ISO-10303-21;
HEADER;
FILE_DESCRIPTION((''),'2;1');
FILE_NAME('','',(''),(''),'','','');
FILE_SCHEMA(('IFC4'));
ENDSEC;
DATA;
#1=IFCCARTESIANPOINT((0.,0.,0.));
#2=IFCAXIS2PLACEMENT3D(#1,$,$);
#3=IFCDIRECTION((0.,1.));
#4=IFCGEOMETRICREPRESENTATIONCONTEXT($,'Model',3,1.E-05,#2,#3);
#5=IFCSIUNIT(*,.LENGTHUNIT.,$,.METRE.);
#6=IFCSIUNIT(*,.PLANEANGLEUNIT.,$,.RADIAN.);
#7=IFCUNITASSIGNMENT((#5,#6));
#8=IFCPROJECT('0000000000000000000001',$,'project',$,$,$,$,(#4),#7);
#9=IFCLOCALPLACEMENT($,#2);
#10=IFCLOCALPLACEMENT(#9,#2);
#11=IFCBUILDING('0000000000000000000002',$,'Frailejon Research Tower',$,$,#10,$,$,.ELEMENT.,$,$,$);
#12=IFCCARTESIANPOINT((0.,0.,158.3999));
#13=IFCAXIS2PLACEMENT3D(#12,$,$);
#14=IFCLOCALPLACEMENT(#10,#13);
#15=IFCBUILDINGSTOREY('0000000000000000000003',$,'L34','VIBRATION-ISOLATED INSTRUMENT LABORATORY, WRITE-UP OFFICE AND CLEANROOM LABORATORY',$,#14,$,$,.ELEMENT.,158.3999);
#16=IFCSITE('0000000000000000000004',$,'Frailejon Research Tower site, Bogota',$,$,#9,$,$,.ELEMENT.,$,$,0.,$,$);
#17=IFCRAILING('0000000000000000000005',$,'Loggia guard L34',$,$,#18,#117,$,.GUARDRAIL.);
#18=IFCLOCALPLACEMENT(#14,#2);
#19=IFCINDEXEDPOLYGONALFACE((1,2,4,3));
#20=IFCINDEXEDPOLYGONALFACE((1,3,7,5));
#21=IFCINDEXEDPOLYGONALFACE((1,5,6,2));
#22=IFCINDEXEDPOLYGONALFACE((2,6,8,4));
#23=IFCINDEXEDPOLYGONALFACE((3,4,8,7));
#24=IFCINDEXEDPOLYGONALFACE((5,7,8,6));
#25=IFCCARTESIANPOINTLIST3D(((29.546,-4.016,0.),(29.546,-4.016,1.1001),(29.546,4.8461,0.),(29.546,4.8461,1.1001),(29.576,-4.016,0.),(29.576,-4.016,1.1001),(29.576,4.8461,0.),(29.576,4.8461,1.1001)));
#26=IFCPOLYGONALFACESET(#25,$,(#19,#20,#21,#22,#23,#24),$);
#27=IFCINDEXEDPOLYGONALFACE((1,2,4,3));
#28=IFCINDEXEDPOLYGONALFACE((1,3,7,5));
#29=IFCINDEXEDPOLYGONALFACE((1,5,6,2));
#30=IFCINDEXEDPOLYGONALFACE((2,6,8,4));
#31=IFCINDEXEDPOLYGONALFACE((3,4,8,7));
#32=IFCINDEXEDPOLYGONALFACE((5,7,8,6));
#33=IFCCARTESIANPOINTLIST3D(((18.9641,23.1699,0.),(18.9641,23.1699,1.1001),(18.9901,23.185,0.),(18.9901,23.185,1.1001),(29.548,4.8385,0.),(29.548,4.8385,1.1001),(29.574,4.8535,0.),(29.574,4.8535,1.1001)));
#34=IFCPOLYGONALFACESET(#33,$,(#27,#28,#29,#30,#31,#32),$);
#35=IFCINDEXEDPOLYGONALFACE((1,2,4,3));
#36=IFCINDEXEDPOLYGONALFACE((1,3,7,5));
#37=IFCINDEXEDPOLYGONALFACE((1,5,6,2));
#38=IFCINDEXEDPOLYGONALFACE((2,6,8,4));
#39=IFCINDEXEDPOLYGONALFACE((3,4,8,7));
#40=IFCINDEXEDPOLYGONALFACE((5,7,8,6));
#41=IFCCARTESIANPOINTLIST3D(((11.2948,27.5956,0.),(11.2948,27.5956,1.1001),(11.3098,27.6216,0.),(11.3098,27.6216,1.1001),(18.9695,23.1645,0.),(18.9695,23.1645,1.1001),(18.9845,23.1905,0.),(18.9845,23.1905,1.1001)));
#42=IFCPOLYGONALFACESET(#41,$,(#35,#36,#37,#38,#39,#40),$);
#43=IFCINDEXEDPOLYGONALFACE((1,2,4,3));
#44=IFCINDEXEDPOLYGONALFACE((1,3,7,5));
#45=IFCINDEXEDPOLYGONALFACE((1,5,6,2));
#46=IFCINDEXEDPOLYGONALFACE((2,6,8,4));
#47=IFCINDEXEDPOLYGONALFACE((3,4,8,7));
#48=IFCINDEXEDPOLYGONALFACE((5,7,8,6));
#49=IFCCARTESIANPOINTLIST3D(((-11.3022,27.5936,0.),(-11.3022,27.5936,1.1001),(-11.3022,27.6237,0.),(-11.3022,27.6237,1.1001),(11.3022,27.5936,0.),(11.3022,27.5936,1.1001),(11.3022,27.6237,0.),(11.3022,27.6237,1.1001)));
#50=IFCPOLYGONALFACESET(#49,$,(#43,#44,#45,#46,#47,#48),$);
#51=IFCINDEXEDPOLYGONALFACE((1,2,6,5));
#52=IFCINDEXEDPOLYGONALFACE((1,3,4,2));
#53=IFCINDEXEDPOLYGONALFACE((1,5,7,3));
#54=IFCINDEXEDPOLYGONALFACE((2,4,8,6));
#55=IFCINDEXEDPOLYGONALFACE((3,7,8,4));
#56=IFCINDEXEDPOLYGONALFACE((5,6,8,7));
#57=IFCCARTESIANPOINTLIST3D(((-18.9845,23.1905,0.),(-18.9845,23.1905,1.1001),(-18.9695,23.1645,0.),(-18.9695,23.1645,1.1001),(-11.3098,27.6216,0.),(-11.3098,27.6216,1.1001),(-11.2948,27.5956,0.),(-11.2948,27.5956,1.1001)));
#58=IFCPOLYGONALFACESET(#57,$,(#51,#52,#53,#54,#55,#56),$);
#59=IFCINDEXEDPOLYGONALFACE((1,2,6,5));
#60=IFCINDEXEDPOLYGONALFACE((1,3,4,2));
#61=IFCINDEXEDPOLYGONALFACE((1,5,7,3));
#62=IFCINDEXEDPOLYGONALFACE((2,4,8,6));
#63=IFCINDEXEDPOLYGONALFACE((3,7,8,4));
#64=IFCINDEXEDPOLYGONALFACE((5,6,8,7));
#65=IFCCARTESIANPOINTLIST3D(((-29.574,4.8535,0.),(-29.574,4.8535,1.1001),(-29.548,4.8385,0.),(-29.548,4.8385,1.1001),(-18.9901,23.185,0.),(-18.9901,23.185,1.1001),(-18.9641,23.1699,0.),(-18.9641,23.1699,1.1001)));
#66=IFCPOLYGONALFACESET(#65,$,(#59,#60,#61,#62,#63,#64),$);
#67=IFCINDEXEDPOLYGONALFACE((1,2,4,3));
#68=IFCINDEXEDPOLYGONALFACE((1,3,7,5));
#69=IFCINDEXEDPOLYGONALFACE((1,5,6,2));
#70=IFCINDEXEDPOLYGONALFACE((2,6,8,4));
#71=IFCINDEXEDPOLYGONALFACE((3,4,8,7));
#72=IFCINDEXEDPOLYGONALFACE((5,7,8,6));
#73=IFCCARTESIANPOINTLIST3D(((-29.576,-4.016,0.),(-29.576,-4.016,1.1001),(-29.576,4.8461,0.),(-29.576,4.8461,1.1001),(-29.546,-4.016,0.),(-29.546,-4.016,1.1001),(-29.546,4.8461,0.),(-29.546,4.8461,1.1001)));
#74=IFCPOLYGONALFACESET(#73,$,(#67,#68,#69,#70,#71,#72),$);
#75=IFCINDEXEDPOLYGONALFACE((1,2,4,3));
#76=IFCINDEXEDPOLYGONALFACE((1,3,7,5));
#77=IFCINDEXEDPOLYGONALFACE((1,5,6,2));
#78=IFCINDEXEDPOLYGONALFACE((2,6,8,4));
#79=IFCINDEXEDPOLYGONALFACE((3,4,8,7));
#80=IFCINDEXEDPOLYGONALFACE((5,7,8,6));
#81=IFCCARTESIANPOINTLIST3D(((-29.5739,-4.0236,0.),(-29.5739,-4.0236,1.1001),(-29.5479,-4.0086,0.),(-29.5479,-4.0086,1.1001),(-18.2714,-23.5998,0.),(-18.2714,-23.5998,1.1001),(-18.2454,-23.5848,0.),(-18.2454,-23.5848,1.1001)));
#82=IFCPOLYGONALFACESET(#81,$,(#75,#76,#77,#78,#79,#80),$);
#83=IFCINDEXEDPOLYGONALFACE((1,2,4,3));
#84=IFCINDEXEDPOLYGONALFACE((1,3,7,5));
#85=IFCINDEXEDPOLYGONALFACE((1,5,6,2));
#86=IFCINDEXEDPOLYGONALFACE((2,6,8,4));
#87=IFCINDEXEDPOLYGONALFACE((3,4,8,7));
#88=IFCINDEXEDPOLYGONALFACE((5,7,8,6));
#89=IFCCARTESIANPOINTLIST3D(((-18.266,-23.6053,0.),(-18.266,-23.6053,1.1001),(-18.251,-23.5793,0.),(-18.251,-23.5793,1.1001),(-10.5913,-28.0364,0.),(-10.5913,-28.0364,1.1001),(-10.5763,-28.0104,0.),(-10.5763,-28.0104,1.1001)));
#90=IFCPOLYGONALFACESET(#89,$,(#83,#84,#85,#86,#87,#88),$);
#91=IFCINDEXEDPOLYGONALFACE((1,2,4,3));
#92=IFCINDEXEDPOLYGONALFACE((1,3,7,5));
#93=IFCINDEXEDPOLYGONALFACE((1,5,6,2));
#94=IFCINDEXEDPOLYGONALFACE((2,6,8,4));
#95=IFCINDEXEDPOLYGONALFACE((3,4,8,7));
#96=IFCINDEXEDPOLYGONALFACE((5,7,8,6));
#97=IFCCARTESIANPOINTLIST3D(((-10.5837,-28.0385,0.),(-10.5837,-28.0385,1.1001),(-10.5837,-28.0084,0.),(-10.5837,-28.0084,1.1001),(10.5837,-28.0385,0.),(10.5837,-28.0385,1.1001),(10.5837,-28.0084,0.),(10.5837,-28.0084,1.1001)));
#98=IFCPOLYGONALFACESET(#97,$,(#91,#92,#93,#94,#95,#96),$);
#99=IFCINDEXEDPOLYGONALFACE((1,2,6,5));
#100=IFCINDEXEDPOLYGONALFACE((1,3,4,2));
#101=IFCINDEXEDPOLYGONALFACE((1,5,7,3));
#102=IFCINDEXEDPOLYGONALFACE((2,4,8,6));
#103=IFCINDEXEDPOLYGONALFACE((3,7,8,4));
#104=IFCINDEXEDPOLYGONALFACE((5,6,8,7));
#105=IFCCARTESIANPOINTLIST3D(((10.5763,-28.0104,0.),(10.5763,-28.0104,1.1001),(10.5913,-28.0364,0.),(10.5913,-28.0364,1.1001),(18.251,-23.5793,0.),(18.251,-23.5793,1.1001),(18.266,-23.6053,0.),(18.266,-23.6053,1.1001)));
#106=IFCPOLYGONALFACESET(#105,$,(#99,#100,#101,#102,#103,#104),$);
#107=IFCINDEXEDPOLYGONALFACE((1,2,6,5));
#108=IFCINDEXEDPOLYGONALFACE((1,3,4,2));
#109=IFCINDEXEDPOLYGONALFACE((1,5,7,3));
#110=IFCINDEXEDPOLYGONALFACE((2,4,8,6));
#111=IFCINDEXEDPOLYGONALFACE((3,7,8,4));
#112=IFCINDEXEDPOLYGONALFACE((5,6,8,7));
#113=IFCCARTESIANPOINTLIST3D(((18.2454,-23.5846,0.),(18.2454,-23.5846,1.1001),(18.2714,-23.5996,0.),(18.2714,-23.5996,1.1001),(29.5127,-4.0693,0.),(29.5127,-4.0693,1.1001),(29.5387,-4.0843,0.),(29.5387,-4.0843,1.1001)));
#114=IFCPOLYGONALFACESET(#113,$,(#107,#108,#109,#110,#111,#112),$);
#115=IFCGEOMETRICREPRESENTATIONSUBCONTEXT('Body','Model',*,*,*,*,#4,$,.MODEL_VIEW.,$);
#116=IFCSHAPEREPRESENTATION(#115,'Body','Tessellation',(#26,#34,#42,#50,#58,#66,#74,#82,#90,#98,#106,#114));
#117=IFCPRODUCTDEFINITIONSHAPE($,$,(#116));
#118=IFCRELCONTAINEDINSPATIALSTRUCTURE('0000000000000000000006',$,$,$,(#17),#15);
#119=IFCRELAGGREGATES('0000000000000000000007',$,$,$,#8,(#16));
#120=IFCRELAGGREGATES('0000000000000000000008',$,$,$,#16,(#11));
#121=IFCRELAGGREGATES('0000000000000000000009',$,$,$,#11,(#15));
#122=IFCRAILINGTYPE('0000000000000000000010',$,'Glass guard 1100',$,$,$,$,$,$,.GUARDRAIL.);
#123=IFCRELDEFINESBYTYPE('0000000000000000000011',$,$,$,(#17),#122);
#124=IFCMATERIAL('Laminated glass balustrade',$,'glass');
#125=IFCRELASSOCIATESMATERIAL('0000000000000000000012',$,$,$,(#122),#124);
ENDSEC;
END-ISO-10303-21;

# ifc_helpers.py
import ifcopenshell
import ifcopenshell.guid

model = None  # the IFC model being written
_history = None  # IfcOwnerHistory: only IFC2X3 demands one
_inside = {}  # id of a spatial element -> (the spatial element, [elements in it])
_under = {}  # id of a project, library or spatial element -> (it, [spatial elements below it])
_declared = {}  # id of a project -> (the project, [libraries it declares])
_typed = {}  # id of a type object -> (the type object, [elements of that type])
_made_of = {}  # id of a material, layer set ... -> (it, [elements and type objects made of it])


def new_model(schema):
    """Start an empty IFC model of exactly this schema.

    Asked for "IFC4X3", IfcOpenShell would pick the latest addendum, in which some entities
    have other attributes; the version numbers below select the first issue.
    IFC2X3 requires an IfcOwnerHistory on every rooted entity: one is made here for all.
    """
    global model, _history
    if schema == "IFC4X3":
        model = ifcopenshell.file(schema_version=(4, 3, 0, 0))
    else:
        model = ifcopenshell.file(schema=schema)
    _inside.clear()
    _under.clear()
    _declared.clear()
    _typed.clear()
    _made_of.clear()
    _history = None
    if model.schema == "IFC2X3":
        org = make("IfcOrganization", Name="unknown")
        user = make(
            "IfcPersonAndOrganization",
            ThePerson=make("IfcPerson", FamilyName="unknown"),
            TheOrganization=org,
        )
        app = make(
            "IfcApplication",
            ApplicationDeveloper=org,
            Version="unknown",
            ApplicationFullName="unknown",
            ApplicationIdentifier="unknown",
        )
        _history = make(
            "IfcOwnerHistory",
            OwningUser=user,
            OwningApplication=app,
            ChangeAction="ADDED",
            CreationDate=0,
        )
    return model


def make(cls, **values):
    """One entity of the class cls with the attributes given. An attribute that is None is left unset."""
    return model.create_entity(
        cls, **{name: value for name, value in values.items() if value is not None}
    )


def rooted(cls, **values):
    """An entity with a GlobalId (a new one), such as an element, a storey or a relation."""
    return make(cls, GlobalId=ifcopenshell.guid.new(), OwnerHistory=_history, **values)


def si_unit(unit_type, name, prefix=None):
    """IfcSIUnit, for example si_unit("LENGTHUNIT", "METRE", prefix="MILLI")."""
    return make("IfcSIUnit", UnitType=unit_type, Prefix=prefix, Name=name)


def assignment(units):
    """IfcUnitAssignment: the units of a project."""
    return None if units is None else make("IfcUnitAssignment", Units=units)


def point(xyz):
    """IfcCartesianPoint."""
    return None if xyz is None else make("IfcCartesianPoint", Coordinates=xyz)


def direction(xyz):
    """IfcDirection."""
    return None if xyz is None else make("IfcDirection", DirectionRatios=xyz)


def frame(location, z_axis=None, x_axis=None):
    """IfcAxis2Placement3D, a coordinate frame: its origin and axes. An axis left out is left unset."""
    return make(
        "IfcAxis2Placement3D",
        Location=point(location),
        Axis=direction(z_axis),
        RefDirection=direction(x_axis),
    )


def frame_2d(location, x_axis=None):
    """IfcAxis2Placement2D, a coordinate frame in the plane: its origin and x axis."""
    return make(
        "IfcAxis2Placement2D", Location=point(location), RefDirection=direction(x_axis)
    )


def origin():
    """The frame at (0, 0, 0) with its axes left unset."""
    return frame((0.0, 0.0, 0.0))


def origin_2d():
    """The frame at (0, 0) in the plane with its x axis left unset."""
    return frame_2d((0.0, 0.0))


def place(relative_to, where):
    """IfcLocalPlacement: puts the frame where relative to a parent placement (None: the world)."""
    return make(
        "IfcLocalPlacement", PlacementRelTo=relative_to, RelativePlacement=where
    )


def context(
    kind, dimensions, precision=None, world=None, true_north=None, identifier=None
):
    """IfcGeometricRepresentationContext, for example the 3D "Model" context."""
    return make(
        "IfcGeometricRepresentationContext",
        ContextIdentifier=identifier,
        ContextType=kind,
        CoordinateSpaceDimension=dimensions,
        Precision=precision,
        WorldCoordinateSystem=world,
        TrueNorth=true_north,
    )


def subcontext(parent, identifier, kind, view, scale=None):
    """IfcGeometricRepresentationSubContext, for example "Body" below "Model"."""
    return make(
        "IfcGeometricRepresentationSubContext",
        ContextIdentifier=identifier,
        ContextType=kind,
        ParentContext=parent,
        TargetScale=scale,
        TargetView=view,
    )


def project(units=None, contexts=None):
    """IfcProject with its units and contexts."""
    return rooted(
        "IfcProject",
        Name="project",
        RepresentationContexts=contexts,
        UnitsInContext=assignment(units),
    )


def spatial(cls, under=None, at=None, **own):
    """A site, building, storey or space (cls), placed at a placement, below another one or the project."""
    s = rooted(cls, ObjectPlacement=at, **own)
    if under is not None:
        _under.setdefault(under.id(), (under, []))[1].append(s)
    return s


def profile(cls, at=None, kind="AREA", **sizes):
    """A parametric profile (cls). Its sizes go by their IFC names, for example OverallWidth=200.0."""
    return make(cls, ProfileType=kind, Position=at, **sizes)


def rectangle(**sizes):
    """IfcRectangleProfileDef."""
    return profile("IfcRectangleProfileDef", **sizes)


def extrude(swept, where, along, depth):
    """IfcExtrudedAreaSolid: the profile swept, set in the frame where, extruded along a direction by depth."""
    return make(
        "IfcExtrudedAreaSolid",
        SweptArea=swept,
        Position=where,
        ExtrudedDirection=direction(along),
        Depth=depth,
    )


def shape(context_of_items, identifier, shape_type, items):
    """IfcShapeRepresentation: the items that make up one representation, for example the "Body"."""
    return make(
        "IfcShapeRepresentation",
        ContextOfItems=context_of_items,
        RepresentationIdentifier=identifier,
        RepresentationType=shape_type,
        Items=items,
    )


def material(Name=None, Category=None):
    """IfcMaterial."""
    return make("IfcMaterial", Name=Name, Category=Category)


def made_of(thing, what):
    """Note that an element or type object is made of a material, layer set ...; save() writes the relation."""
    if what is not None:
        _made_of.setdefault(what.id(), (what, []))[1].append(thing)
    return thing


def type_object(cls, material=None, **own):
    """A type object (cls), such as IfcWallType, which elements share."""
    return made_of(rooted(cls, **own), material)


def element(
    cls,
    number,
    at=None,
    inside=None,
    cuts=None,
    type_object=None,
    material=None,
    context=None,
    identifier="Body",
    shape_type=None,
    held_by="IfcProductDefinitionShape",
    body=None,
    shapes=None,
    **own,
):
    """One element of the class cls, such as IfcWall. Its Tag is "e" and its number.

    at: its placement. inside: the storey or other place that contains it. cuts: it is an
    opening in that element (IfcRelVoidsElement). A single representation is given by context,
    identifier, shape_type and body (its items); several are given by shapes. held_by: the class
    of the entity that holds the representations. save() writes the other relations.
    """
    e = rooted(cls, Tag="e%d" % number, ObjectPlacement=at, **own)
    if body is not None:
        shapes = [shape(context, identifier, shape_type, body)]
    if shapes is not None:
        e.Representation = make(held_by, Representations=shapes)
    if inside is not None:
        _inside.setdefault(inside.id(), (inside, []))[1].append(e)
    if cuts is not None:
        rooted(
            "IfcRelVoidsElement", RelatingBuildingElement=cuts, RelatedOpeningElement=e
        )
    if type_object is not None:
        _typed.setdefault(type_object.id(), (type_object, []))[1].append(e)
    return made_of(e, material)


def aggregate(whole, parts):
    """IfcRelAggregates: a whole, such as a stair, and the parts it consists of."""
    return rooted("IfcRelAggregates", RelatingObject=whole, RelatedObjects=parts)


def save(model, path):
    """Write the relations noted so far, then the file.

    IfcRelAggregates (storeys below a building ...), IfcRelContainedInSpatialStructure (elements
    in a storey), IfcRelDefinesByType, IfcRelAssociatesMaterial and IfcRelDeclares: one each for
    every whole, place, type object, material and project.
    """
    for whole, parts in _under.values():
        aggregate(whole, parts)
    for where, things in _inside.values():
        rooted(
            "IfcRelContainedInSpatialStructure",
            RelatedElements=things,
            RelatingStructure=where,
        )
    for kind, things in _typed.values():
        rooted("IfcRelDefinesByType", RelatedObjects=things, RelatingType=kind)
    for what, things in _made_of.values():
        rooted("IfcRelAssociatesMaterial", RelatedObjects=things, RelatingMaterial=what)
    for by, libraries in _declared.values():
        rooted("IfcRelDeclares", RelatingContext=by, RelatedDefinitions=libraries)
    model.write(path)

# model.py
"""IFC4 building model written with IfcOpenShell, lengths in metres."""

from ifc_helpers import new_model, si_unit, direction, frame, origin, origin_2d, place, context, subcontext, project, spatial, rectangle, extrude, material, type_object, element, save


model = new_model("IFC4")

# Units and contexts
model_context = context("Model", 3, precision=1e-05, world=origin(), true_north=direction((0.0, 1.0)))
body_context = subcontext(model_context, "Body", "Model", "MODEL_VIEW")
ifc_project = project(units=[si_unit("LENGTHUNIT", "METRE"), si_unit("PLANEANGLEUNIT", "RADIAN")], contexts=[model_context])

# Site, building, storey
site_placement = place(None, origin())
site = spatial("IfcSite", under=ifc_project, at=site_placement, Name="Frailejon Research Tower site, Bogota", CompositionType="ELEMENT", RefElevation=0.0)
building_placement = place(site_placement, origin())
building = spatial("IfcBuilding", under=site, at=building_placement, Name="Frailejon Research Tower", CompositionType="ELEMENT")
storey_placement = place(building_placement, frame((0.0, 0.0, 158.3999)))
storey = spatial("IfcBuildingStorey", under=building, at=storey_placement, Name="L34", Description="VIBRATION-ISOLATED INSTRUMENT LABORATORY, WRITE-UP OFFICE AND CLEANROOM LABORATORY", CompositionType="ELEMENT", Elevation=158.3999)

# Railing
ifc_material_1 = material(Name="Laminated glass balustrade", Category="glass")
railing_type = type_object("IfcRailingType", Name="Glass guard 1100", PredefinedType="GUARDRAIL", material=ifc_material_1)
railing_placement = place(storey_placement, frame((29.561, -4.0161, 0.0)))
element("IfcRailing", 1, at=railing_placement, inside=storey, type_object=railing_type, Name="Loggia guard L34", PredefinedType="GUARDRAIL", context=body_context, shape_type="SweptSolid", body=[
    extrude(rectangle(XDim=8.8621, YDim=0.03, at=origin_2d()), frame((0.0, 4.4312, 0.0), z_axis=(0.0, 0.0, 1.0), x_axis=(0.0, 1.0, 0.0)), (0.0, 0.0, 1.0), 1.1001),
    extrude(rectangle(XDim=21.1675, YDim=0.03, at=origin_2d()), frame((-5.292, 18.0278, 0.0), z_axis=(0.0, 0.0, 1.0), x_axis=(-0.500009, 0.86602, 0.0)), (0.0, 0.0, 1.0), 1.1001),
    extrude(rectangle(XDim=8.8621, YDim=0.03, at=origin_2d()), frame((-14.4214, 29.4092, 0.0), z_axis=(0.0, 0.0, 1.0), x_axis=(-0.86602, 0.500009, 0.0)), (0.0, 0.0, 1.0), 1.1001),
    extrude(rectangle(XDim=22.6045, YDim=0.03, at=origin_2d()), frame((-29.561, 31.6248, 0.0), z_axis=(0.0, 0.0, 1.0), x_axis=(-1.0, 0.0, 0.0)), (0.0, 0.0, 1.0), 1.1001),
    extrude(rectangle(XDim=8.8621, YDim=0.03, at=origin_2d()), frame((-44.7007, 29.4092, 0.0), z_axis=(0.0, 0.0, 1.0), x_axis=(-0.86602, -0.500009, 0.0)), (0.0, 0.0, 1.0), 1.1001),
    extrude(rectangle(XDim=21.1675, YDim=0.03, at=origin_2d()), frame((-53.8301, 18.0278, 0.0), z_axis=(0.0, 0.0, 1.0), x_axis=(-0.500009, -0.86602, 0.0)), (0.0, 0.0, 1.0), 1.1001),
    extrude(rectangle(XDim=8.8621, YDim=0.03, at=origin_2d()), frame((-59.1221, 4.4312, 0.0), z_axis=(0.0, 0.0, 1.0), x_axis=(0.0, -1.0, 0.0)), (0.0, 0.0, 1.0), 1.1001),
    extrude(rectangle(XDim=22.6047, YDim=0.03, at=origin_2d()), frame((-53.4707, -9.7881, 0.0), z_axis=(0.0, 0.0, 1.0), x_axis=(0.500006, -0.866022, 0.0)), (0.0, 0.0, 1.0), 1.1001),
    extrude(rectangle(XDim=8.8621, YDim=0.03, at=origin_2d()), frame((-43.9822, -21.7917, 0.0), z_axis=(0.0, 0.0, 1.0), x_axis=(0.86602, -0.500009, 0.0)), (0.0, 0.0, 1.0), 1.1001),
    extrude(rectangle(XDim=21.1675, YDim=0.03, at=origin_2d()), frame((-29.561, -24.0073, 0.0), z_axis=(0.0, 0.0, 1.0), x_axis=(1.0, 0.0, 0.0)), (0.0, 0.0, 1.0), 1.1001),
    extrude(rectangle(XDim=8.8621, YDim=0.03, at=origin_2d()), frame((-15.1399, -21.7917, 0.0), z_axis=(0.0, 0.0, 1.0), x_axis=(0.86602, 0.500009, 0.0)), (0.0, 0.0, 1.0), 1.1001),
    extrude(rectangle(XDim=22.5344, YDim=0.03, at=origin_2d()), frame((-5.6689, -9.8184, 0.0), z_axis=(0.0, 0.0, 1.0), x_axis=(0.500004, 0.866023, 0.0)), (0.0, 0.0, 1.0), 1.1001),
])

save(model, "model.ifc")
